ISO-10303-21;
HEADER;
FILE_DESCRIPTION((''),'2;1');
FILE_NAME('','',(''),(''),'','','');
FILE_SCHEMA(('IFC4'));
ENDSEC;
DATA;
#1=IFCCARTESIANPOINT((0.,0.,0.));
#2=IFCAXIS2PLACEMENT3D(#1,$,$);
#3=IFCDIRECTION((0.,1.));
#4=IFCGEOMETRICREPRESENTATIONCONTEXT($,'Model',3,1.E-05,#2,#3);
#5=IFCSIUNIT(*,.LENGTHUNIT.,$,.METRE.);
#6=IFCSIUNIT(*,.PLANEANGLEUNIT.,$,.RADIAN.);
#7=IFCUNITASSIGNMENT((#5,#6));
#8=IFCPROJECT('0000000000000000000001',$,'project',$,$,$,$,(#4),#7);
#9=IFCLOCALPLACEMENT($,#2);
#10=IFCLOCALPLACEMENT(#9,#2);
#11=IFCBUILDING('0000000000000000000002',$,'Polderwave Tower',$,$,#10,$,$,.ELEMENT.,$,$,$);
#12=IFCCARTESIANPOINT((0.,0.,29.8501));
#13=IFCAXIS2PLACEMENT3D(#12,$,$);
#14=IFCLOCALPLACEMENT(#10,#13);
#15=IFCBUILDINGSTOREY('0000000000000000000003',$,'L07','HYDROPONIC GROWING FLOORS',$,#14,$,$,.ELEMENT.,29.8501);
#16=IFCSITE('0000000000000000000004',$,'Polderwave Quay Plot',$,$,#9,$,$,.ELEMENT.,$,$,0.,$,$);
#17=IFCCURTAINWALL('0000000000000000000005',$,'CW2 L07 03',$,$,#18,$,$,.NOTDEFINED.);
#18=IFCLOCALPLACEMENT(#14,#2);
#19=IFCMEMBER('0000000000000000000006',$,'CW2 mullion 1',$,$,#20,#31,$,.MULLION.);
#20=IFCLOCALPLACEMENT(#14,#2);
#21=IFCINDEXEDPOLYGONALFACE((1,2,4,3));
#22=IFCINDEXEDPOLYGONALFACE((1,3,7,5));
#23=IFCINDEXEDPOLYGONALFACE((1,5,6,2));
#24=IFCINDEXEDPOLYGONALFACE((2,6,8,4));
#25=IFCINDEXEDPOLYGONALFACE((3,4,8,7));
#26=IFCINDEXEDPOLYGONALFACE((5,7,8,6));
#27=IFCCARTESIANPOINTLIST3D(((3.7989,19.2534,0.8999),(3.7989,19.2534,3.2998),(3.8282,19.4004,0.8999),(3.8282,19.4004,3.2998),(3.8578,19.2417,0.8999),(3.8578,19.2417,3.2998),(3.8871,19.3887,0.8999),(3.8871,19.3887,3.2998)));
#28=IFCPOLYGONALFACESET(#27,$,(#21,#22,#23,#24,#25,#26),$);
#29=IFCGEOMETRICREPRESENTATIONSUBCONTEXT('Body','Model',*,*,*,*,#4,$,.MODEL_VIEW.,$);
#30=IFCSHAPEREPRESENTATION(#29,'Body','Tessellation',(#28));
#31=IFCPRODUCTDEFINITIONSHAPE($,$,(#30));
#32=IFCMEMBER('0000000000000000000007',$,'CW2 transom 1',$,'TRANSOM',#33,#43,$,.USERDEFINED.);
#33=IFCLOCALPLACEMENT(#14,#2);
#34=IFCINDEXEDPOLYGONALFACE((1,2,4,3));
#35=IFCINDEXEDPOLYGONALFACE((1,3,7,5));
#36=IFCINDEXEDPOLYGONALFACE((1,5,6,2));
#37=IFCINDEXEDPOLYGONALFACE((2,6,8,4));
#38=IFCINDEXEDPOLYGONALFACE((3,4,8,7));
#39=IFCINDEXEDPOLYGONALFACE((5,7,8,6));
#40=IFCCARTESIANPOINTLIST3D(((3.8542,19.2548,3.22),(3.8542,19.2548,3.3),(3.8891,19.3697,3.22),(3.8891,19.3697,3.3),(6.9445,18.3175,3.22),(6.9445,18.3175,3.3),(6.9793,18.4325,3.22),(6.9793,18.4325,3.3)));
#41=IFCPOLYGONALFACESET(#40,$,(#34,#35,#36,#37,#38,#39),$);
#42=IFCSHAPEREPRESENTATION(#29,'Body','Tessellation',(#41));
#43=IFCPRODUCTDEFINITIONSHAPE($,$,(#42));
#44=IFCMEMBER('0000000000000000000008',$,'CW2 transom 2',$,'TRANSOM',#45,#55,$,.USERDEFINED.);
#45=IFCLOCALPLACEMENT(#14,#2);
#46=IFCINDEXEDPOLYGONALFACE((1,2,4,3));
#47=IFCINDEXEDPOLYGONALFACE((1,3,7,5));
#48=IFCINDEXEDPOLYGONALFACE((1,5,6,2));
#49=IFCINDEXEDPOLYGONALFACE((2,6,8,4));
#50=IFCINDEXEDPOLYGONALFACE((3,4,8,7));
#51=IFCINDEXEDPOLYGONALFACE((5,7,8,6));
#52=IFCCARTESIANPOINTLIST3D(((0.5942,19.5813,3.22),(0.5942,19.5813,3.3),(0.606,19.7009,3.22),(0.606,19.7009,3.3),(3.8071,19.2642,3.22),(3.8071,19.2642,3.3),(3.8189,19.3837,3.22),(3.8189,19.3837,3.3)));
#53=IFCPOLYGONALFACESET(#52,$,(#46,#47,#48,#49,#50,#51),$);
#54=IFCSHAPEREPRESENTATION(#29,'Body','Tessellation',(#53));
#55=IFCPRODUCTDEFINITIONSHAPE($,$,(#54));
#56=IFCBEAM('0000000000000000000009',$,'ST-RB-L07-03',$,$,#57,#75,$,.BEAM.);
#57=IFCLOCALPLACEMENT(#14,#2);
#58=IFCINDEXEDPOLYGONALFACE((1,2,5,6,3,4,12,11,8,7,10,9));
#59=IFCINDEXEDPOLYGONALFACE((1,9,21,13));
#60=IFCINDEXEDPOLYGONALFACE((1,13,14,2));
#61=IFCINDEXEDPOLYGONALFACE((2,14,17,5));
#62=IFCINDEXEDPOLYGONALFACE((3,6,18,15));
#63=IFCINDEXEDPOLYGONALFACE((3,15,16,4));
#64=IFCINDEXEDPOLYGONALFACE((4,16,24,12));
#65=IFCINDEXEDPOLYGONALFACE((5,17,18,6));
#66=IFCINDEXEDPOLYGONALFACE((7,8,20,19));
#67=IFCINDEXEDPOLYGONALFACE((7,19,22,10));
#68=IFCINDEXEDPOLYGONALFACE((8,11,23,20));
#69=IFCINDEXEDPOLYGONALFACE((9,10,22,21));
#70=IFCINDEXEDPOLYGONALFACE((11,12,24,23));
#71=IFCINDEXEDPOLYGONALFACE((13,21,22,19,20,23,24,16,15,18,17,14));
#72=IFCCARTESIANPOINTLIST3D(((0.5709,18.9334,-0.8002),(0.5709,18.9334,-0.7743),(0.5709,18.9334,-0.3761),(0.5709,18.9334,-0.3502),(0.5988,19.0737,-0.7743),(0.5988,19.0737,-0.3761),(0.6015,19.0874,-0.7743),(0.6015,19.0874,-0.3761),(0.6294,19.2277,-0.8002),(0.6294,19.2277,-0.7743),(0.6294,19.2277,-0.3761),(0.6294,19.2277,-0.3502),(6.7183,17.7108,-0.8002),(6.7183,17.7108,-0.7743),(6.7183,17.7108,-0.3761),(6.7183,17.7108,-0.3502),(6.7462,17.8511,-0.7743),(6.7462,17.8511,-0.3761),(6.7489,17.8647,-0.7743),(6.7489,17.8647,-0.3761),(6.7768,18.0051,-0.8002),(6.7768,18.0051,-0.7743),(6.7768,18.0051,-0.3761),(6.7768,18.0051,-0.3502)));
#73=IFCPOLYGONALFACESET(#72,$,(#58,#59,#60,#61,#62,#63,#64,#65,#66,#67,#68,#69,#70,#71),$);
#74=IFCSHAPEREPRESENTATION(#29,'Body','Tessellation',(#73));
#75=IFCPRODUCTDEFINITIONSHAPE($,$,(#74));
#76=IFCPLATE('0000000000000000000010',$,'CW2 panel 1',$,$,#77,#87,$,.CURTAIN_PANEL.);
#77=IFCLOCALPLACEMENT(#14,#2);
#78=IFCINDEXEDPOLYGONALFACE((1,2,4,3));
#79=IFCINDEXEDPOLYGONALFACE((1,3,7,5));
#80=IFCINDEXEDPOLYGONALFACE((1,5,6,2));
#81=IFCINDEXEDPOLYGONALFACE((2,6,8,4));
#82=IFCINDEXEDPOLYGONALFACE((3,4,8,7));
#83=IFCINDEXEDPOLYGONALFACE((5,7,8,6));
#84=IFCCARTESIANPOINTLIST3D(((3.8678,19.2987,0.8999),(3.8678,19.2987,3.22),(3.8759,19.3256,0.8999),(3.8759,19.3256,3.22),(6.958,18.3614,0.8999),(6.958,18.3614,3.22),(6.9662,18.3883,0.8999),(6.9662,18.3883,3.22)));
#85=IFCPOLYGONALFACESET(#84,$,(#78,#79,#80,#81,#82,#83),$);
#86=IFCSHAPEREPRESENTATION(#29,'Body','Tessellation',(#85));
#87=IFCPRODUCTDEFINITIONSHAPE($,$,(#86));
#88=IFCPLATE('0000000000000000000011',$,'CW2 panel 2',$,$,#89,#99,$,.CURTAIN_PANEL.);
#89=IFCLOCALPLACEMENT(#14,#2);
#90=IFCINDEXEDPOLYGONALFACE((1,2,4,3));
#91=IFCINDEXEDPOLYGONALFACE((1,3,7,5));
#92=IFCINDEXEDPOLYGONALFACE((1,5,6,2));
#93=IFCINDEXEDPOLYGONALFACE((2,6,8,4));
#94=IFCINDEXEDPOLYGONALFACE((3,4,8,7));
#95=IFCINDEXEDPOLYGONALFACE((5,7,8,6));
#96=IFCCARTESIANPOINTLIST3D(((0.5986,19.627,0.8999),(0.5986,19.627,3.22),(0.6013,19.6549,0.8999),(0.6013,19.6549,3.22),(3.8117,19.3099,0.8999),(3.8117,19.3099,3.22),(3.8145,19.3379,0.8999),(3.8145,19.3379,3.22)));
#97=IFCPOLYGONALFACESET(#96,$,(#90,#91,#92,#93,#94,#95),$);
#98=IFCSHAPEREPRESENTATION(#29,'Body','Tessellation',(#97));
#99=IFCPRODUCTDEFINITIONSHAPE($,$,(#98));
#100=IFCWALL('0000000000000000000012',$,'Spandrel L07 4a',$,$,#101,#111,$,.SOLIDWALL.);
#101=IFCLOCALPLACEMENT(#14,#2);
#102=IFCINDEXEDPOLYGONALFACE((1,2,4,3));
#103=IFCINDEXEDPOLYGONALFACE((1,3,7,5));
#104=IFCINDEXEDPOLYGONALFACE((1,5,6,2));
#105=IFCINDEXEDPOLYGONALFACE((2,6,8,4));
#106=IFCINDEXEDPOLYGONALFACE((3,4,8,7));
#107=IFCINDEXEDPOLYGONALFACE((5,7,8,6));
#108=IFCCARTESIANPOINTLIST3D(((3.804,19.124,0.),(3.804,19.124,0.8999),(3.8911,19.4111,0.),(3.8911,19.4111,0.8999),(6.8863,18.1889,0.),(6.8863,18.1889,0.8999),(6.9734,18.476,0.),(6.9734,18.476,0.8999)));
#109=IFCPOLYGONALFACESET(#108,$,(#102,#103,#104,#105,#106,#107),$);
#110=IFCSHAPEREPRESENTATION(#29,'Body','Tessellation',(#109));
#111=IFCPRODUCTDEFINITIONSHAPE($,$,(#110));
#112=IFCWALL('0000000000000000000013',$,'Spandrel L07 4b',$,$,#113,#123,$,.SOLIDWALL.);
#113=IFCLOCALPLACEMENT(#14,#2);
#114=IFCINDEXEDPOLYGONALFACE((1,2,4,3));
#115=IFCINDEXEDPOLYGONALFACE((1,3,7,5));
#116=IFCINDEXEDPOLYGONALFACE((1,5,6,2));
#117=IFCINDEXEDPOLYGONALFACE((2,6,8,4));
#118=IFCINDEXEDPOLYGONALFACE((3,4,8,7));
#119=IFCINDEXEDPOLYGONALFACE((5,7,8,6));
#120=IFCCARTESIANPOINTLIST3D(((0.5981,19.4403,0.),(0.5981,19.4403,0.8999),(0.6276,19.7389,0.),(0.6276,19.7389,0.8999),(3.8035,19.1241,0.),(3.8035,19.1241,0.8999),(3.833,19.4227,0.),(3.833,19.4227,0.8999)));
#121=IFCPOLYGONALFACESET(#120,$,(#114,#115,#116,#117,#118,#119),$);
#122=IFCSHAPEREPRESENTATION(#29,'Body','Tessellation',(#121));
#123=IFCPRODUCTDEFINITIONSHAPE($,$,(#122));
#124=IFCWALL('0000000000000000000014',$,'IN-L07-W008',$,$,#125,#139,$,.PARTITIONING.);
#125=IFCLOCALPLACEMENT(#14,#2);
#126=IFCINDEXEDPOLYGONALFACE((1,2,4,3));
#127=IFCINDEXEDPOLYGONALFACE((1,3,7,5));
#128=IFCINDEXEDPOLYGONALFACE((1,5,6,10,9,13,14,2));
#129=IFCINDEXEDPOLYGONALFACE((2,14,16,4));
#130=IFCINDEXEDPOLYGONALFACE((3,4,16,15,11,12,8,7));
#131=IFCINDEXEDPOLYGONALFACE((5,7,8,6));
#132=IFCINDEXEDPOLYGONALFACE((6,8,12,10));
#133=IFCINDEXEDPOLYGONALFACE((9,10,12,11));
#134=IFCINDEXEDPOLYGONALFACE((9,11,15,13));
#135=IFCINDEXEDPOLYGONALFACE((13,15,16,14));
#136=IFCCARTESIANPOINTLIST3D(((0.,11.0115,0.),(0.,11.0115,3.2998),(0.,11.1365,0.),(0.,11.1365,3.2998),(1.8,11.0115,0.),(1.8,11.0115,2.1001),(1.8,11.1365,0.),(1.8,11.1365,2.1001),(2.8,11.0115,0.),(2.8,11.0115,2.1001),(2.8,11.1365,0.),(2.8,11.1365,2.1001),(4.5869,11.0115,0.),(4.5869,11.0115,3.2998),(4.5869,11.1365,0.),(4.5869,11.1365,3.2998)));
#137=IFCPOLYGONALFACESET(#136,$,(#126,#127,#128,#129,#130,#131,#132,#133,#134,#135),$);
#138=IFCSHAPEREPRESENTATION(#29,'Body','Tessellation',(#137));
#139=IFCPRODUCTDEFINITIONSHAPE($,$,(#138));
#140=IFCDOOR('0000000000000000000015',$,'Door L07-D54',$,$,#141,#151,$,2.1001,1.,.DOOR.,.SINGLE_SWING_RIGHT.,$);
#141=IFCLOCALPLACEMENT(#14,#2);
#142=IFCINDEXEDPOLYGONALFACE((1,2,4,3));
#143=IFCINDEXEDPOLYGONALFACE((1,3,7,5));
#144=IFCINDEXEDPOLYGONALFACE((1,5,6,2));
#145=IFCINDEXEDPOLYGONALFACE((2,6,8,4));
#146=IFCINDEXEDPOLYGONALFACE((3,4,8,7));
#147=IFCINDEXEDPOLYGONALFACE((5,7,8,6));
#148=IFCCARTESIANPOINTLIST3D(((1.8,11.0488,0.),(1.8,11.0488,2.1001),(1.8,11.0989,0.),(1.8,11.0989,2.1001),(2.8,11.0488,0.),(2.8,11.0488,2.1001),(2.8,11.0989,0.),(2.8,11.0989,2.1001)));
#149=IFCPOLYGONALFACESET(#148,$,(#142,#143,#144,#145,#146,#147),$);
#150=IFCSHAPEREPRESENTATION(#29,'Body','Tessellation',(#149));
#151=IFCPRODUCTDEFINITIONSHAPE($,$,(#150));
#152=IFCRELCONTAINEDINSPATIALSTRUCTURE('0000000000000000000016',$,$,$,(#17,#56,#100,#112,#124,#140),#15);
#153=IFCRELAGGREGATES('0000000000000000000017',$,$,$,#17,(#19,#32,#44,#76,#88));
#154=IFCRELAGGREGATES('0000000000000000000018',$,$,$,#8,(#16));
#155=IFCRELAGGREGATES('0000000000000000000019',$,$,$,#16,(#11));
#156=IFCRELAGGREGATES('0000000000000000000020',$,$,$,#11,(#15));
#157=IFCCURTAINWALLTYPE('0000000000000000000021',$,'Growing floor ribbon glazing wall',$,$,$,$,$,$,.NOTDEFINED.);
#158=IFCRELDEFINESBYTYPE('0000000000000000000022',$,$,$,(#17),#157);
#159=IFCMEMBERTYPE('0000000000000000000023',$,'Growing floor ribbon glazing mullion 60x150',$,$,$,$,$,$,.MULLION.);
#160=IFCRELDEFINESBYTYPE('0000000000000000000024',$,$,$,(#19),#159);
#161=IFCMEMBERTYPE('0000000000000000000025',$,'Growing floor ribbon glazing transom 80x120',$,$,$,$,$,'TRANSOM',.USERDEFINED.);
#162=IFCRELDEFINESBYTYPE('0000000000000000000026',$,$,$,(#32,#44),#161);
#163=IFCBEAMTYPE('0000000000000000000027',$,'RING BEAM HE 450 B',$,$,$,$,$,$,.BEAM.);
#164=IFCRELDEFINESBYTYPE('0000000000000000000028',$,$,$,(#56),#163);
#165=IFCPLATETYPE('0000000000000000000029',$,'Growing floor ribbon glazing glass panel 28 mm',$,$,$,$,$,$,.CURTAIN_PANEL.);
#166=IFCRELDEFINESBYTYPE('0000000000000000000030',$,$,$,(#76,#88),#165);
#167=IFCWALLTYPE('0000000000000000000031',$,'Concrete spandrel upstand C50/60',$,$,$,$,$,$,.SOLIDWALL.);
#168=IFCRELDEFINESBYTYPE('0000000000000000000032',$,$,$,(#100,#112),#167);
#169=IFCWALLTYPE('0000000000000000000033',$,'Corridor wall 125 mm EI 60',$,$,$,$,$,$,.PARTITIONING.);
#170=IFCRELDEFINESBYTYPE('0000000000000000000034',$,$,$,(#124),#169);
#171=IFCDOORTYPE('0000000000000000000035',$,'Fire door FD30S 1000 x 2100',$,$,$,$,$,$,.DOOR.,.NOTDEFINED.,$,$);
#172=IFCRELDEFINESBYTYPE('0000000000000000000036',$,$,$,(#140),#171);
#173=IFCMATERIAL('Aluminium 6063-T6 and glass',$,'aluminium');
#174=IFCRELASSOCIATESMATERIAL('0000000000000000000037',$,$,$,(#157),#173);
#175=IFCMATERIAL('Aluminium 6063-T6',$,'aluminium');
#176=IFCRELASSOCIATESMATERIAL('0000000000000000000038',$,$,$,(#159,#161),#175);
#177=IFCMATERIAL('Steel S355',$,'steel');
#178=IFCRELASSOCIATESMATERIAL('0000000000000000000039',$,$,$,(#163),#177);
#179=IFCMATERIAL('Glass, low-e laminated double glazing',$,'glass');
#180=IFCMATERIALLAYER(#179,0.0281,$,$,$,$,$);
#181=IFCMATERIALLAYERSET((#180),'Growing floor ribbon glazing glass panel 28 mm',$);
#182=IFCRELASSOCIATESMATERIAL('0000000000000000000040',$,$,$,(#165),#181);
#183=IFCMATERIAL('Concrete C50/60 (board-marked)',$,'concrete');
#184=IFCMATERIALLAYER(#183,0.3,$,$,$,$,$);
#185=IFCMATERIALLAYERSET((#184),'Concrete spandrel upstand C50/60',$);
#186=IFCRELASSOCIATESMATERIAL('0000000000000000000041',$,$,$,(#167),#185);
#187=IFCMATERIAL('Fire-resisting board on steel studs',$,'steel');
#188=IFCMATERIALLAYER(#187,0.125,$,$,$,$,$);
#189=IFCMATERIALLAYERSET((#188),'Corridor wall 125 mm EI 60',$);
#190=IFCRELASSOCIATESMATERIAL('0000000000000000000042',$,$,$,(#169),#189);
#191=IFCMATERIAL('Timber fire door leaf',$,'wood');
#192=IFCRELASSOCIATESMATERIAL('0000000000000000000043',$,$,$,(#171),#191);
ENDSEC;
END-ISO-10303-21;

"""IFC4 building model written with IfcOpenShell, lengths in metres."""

from ifc_helpers import new_model, si_unit, direction, frame, frame_2d, origin, origin_2d, place, context, subcontext, project, spatial, rectangle, i_section, extrude, material, layer, layer_set, material_profile, profile_set, type_object, element, fill, aggregate, save


model = new_model("IFC4")

# Units and contexts
model_context = context("Model", 3, precision=1e-05, world=origin(), true_north=direction((0.0, 1.0)))
body_context = subcontext(model_context, "Body", "Model", "MODEL_VIEW")
ifc_project = project(units=[si_unit("LENGTHUNIT", "METRE"), si_unit("PLANEANGLEUNIT", "RADIAN")], contexts=[model_context])

# Site, building, storey
site_placement = place(None, origin())
site = spatial("IfcSite", under=ifc_project, at=site_placement, Name="Polderwave Quay Plot", CompositionType="ELEMENT", RefElevation=0.0)
building_placement = place(site_placement, origin())
building = spatial("IfcBuilding", under=site, at=building_placement, Name="Polderwave Tower", CompositionType="ELEMENT")
storey_placement = place(building_placement, frame((0.0, 0.0, 29.8501)))
storey = spatial("IfcBuildingStorey", under=building, at=storey_placement, Name="L07", Description="HYDROPONIC GROWING FLOORS", CompositionType="ELEMENT", Elevation=29.8501)

# Curtain wall, members
ifc_material_1 = material(Name="Aluminium 6063-T6 and glass", Category="aluminium")
curtain_wall_type = type_object("IfcCurtainWallType", Name="Growing floor ribbon glazing wall", PredefinedType="NOTDEFINED", material=ifc_material_1)
curtain_wall_placement = place(storey_placement, origin())
curtain_wall = element("IfcCurtainWall", 1, at=curtain_wall_placement, inside=storey, type_object=curtain_wall_type, Name="CW2 L07 03", PredefinedType="NOTDEFINED")
ifc_material_2 = material(Name="Aluminium 6063-T6", Category="aluminium")
ifc_material_profile_1 = material_profile(ifc_material_2, rectangle(XDim=0.1499, YDim=0.0601, at=origin_2d()), Name="AL 60x150")
ifc_profile_set_1 = profile_set([ifc_material_profile_1], Name="Aluminium 6063-T6")
member_type_1 = type_object("IfcMemberType", Name="Growing floor ribbon glazing mullion 60x150", PredefinedType="MULLION", material=ifc_profile_set_1)
member_1_placement = place(storey_placement, frame((3.843, 19.321, 0.8999), z_axis=(0.0, 0.0, 1.0), x_axis=(-0.195159, -0.980772, 0.0)))
member_1 = element("IfcMember", 2, at=member_1_placement, type_object=member_type_1, Name="CW2 mullion 1", PredefinedType="MULLION", context=body_context, shape_type="SweptSolid", body=[
    extrude(rectangle(XDim=0.1499, YDim=0.0601, at=origin_2d()), origin(), (0.0, 0.0, 1.0), 2.3999),
])
ifc_material_profile_2 = material_profile(ifc_material_2, rectangle(XDim=0.1201, YDim=0.0801, at=origin_2d()), Name="AL 80x120")
ifc_profile_set_2 = profile_set([ifc_material_profile_2], Name="Aluminium 6063-T6")
member_type_2 = type_object("IfcMemberType", Name="Growing floor ribbon glazing transom 80x120", ElementType="TRANSOM", PredefinedType="USERDEFINED", material=ifc_profile_set_2)
member_2_placement = place(storey_placement, frame((6.9619, 18.375, 3.26), z_axis=(-0.956956, 0.290232, 0.0), x_axis=(-0.290232, -0.956956, 0.0)))
member_2 = element("IfcMember", 3, at=member_2_placement, type_object=member_type_2, Name="CW2 transom 1", ObjectType="TRANSOM", PredefinedType="USERDEFINED", context=body_context, shape_type="SweptSolid", body=[
    extrude(rectangle(XDim=0.1201, YDim=0.0801, at=origin_2d()), origin(), (0.0, 0.0, 1.0), 3.2292),
])
member_3_placement = place(storey_placement, frame((3.813, 19.324, 3.26), z_axis=(-0.995164, 0.098231, 0.0), x_axis=(-0.098231, -0.995164, 0.0)))
member_3 = element("IfcMember", 4, at=member_3_placement, type_object=member_type_2, Name="CW2 transom 2", ObjectType="TRANSOM", PredefinedType="USERDEFINED", context=body_context, shape_type="SweptSolid", body=[
    extrude(rectangle(XDim=0.1201, YDim=0.0801, at=origin_2d()), origin(), (0.0, 0.0, 1.0), 3.2285),
])

# Beam
ifc_material_3 = material(Name="Steel S355", Category="steel")
ifc_material_profile_3 = material_profile(ifc_material_3, i_section(OverallWidth=0.3, OverallDepth=0.45, WebThickness=0.0139, FlangeThickness=0.0259, at=origin_2d()), Name="HE 450 B")
ifc_profile_set_3 = profile_set([ifc_material_profile_3], Name="Steel S355")
beam_type = type_object("IfcBeamType", Name="RING BEAM HE 450 B", PredefinedType="BEAM", material=ifc_profile_set_3)
beam_placement = place(storey_placement, frame((6.7476, 17.8579, -0.5752), z_axis=(-0.98079, 0.195067, 0.0), x_axis=(-0.195067, -0.98079, 0.0)))
element("IfcBeam", 5, at=beam_placement, inside=storey, type_object=beam_type, Name="ST-RB-L07-03", PredefinedType="BEAM", context=body_context, shape_type="SweptSolid", body=[
    extrude(i_section(OverallWidth=0.3, OverallDepth=0.45, WebThickness=0.0139, FlangeThickness=0.0259, at=origin_2d()), origin(), (0.0, 0.0, 1.0), 6.2678),
])

# Plates
ifc_material_4 = material(Name="Glass, low-e laminated double glazing", Category="glass")
ifc_layer_1 = layer(ifc_material_4, 0.0281)
ifc_layer_set_1 = layer_set([ifc_layer_1], Name="Growing floor ribbon glazing glass panel 28 mm")
plate_type = type_object("IfcPlateType", Name="Growing floor ribbon glazing glass panel 28 mm", PredefinedType="CURTAIN_PANEL", material=ifc_layer_set_1)
plate_1_placement = place(storey_placement, frame((5.417, 18.8435, 0.8999), z_axis=(0.0, 0.0, 1.0), x_axis=(-0.956952, 0.290246, 0.0)))
plate_1 = element("IfcPlate", 6, at=plate_1_placement, type_object=plate_type, Name="CW2 panel 1", PredefinedType="CURTAIN_PANEL", context=body_context, shape_type="SweptSolid", body=[
    extrude(rectangle(XDim=3.2292, YDim=0.0281, at=origin_2d()), origin(), (0.0, 0.0, 1.0), 2.3201),
])
plate_2_placement = place(storey_placement, frame((2.2065, 19.4824, 0.8999), z_axis=(0.0, 0.0, 1.0), x_axis=(-0.995167, 0.098198, 0.0)))
plate_2 = element("IfcPlate", 7, at=plate_2_placement, type_object=plate_type, Name="CW2 panel 2", PredefinedType="CURTAIN_PANEL", context=body_context, shape_type="SweptSolid", body=[
    extrude(rectangle(XDim=3.2288, YDim=0.0281, at=origin_2d()), origin(), (0.0, 0.0, 1.0), 2.3201),
])
aggregate(curtain_wall, [member_1, member_2, member_3, plate_1, plate_2])

# Walls
ifc_material_5 = material(Name="Concrete C50/60 (board-marked)", Category="concrete")
ifc_layer_2 = layer(ifc_material_5, 0.3)
ifc_layer_set_2 = layer_set([ifc_layer_2], Name="Concrete spandrel upstand C50/60")
wall_type_1 = type_object("IfcWallType", Name="Concrete spandrel upstand C50/60", PredefinedType="SOLIDWALL", material=ifc_layer_set_2)
for number, where, z_axis, x_axis, name in (
    (8, (6.9297, 18.3325, 0.0), (0.0, 0.0, 1.0), (-0.956935, 0.290302, 0.0), "Spandrel L07 4a"),
    (9, (3.8181, 19.2734, 0.0), (0.0, 0.0, 1.0), (-0.995171, 0.09816, 0.0), "Spandrel L07 4b"),
):
    element("IfcWall", number, at=place(storey_placement, frame(where, z_axis=z_axis, x_axis=x_axis)), inside=storey, type_object=wall_type_1, Name=name, PredefinedType="SOLIDWALL", context=body_context, shape_type="SweptSolid", body=[
        extrude(rectangle(XDim=3.2209, YDim=0.3, at=frame_2d((1.6104, 0.0))), origin(), (0.0, 0.0, 1.0), 0.8999),
    ])

# Wall, opening, door
ifc_material_6 = material(Name="Fire-resisting board on steel studs", Category="steel")
ifc_layer_3 = layer(ifc_material_6, 0.125)
ifc_layer_set_3 = layer_set([ifc_layer_3], Name="Corridor wall 125 mm EI 60")
wall_type_2 = type_object("IfcWallType", Name="Corridor wall 125 mm EI 60", PredefinedType="PARTITIONING", material=ifc_layer_set_3)
wall_1_placement = place(storey_placement, frame((0.0, 11.074, 0.0), z_axis=(0.0, 0.0, 1.0), x_axis=(1.0, 0.0, 0.0)))
wall_1 = element("IfcWall", 10, at=wall_1_placement, inside=storey, type_object=wall_type_2, Name="IN-L07-W008", PredefinedType="PARTITIONING", context=body_context, shape_type="SweptSolid", body=[
    extrude(rectangle(XDim=4.5869, YDim=0.125, at=frame_2d((2.2935, 0.0))), origin(), (0.0, 0.0, 1.0), 3.2998),
])
opening_1_placement = place(wall_1_placement, frame((1.8, 0.0, 0.0)))
opening_1 = element("IfcOpeningElement", 11, at=opening_1_placement, cuts=wall_1, PredefinedType="OPENING", context=body_context, shape_type="SweptSolid", body=[
    extrude(rectangle(XDim=1.0, YDim=2.1001, at=frame_2d((0.5, 1.05))), frame((0.0, 0.0725, 0.0), z_axis=(0.0, -1.0, 0.0), x_axis=(1.0, 0.0, 0.0)), (0.0, 0.0, 1.0), 0.145),
])
ifc_material_7 = material(Name="Timber fire door leaf", Category="wood")
door_type_1 = type_object("IfcDoorType", Name="Fire door FD30S 1000 x 2100", OperationType="NOTDEFINED", PredefinedType="DOOR", material=ifc_material_7)
door_1_placement = place(opening_1_placement, origin())
door_1 = element("IfcDoor", 12, at=door_1_placement, inside=storey, type_object=door_type_1, Name="Door L07-D54", OperationType="SINGLE_SWING_RIGHT", OverallHeight=2.1001, OverallWidth=1.0, PredefinedType="DOOR", context=body_context, shape_type="SweptSolid", body=[
    extrude(rectangle(XDim=1.0, YDim=2.1001, at=frame_2d((0.5, 1.05))), frame((0.0, 0.0249, 0.0), z_axis=(0.0, -1.0, 0.0), x_axis=(1.0, 0.0, 0.0)), (0.0, 0.0, 1.0), 0.05),
])
fill(opening_1, door_1)

save(model, "model.ifc")
